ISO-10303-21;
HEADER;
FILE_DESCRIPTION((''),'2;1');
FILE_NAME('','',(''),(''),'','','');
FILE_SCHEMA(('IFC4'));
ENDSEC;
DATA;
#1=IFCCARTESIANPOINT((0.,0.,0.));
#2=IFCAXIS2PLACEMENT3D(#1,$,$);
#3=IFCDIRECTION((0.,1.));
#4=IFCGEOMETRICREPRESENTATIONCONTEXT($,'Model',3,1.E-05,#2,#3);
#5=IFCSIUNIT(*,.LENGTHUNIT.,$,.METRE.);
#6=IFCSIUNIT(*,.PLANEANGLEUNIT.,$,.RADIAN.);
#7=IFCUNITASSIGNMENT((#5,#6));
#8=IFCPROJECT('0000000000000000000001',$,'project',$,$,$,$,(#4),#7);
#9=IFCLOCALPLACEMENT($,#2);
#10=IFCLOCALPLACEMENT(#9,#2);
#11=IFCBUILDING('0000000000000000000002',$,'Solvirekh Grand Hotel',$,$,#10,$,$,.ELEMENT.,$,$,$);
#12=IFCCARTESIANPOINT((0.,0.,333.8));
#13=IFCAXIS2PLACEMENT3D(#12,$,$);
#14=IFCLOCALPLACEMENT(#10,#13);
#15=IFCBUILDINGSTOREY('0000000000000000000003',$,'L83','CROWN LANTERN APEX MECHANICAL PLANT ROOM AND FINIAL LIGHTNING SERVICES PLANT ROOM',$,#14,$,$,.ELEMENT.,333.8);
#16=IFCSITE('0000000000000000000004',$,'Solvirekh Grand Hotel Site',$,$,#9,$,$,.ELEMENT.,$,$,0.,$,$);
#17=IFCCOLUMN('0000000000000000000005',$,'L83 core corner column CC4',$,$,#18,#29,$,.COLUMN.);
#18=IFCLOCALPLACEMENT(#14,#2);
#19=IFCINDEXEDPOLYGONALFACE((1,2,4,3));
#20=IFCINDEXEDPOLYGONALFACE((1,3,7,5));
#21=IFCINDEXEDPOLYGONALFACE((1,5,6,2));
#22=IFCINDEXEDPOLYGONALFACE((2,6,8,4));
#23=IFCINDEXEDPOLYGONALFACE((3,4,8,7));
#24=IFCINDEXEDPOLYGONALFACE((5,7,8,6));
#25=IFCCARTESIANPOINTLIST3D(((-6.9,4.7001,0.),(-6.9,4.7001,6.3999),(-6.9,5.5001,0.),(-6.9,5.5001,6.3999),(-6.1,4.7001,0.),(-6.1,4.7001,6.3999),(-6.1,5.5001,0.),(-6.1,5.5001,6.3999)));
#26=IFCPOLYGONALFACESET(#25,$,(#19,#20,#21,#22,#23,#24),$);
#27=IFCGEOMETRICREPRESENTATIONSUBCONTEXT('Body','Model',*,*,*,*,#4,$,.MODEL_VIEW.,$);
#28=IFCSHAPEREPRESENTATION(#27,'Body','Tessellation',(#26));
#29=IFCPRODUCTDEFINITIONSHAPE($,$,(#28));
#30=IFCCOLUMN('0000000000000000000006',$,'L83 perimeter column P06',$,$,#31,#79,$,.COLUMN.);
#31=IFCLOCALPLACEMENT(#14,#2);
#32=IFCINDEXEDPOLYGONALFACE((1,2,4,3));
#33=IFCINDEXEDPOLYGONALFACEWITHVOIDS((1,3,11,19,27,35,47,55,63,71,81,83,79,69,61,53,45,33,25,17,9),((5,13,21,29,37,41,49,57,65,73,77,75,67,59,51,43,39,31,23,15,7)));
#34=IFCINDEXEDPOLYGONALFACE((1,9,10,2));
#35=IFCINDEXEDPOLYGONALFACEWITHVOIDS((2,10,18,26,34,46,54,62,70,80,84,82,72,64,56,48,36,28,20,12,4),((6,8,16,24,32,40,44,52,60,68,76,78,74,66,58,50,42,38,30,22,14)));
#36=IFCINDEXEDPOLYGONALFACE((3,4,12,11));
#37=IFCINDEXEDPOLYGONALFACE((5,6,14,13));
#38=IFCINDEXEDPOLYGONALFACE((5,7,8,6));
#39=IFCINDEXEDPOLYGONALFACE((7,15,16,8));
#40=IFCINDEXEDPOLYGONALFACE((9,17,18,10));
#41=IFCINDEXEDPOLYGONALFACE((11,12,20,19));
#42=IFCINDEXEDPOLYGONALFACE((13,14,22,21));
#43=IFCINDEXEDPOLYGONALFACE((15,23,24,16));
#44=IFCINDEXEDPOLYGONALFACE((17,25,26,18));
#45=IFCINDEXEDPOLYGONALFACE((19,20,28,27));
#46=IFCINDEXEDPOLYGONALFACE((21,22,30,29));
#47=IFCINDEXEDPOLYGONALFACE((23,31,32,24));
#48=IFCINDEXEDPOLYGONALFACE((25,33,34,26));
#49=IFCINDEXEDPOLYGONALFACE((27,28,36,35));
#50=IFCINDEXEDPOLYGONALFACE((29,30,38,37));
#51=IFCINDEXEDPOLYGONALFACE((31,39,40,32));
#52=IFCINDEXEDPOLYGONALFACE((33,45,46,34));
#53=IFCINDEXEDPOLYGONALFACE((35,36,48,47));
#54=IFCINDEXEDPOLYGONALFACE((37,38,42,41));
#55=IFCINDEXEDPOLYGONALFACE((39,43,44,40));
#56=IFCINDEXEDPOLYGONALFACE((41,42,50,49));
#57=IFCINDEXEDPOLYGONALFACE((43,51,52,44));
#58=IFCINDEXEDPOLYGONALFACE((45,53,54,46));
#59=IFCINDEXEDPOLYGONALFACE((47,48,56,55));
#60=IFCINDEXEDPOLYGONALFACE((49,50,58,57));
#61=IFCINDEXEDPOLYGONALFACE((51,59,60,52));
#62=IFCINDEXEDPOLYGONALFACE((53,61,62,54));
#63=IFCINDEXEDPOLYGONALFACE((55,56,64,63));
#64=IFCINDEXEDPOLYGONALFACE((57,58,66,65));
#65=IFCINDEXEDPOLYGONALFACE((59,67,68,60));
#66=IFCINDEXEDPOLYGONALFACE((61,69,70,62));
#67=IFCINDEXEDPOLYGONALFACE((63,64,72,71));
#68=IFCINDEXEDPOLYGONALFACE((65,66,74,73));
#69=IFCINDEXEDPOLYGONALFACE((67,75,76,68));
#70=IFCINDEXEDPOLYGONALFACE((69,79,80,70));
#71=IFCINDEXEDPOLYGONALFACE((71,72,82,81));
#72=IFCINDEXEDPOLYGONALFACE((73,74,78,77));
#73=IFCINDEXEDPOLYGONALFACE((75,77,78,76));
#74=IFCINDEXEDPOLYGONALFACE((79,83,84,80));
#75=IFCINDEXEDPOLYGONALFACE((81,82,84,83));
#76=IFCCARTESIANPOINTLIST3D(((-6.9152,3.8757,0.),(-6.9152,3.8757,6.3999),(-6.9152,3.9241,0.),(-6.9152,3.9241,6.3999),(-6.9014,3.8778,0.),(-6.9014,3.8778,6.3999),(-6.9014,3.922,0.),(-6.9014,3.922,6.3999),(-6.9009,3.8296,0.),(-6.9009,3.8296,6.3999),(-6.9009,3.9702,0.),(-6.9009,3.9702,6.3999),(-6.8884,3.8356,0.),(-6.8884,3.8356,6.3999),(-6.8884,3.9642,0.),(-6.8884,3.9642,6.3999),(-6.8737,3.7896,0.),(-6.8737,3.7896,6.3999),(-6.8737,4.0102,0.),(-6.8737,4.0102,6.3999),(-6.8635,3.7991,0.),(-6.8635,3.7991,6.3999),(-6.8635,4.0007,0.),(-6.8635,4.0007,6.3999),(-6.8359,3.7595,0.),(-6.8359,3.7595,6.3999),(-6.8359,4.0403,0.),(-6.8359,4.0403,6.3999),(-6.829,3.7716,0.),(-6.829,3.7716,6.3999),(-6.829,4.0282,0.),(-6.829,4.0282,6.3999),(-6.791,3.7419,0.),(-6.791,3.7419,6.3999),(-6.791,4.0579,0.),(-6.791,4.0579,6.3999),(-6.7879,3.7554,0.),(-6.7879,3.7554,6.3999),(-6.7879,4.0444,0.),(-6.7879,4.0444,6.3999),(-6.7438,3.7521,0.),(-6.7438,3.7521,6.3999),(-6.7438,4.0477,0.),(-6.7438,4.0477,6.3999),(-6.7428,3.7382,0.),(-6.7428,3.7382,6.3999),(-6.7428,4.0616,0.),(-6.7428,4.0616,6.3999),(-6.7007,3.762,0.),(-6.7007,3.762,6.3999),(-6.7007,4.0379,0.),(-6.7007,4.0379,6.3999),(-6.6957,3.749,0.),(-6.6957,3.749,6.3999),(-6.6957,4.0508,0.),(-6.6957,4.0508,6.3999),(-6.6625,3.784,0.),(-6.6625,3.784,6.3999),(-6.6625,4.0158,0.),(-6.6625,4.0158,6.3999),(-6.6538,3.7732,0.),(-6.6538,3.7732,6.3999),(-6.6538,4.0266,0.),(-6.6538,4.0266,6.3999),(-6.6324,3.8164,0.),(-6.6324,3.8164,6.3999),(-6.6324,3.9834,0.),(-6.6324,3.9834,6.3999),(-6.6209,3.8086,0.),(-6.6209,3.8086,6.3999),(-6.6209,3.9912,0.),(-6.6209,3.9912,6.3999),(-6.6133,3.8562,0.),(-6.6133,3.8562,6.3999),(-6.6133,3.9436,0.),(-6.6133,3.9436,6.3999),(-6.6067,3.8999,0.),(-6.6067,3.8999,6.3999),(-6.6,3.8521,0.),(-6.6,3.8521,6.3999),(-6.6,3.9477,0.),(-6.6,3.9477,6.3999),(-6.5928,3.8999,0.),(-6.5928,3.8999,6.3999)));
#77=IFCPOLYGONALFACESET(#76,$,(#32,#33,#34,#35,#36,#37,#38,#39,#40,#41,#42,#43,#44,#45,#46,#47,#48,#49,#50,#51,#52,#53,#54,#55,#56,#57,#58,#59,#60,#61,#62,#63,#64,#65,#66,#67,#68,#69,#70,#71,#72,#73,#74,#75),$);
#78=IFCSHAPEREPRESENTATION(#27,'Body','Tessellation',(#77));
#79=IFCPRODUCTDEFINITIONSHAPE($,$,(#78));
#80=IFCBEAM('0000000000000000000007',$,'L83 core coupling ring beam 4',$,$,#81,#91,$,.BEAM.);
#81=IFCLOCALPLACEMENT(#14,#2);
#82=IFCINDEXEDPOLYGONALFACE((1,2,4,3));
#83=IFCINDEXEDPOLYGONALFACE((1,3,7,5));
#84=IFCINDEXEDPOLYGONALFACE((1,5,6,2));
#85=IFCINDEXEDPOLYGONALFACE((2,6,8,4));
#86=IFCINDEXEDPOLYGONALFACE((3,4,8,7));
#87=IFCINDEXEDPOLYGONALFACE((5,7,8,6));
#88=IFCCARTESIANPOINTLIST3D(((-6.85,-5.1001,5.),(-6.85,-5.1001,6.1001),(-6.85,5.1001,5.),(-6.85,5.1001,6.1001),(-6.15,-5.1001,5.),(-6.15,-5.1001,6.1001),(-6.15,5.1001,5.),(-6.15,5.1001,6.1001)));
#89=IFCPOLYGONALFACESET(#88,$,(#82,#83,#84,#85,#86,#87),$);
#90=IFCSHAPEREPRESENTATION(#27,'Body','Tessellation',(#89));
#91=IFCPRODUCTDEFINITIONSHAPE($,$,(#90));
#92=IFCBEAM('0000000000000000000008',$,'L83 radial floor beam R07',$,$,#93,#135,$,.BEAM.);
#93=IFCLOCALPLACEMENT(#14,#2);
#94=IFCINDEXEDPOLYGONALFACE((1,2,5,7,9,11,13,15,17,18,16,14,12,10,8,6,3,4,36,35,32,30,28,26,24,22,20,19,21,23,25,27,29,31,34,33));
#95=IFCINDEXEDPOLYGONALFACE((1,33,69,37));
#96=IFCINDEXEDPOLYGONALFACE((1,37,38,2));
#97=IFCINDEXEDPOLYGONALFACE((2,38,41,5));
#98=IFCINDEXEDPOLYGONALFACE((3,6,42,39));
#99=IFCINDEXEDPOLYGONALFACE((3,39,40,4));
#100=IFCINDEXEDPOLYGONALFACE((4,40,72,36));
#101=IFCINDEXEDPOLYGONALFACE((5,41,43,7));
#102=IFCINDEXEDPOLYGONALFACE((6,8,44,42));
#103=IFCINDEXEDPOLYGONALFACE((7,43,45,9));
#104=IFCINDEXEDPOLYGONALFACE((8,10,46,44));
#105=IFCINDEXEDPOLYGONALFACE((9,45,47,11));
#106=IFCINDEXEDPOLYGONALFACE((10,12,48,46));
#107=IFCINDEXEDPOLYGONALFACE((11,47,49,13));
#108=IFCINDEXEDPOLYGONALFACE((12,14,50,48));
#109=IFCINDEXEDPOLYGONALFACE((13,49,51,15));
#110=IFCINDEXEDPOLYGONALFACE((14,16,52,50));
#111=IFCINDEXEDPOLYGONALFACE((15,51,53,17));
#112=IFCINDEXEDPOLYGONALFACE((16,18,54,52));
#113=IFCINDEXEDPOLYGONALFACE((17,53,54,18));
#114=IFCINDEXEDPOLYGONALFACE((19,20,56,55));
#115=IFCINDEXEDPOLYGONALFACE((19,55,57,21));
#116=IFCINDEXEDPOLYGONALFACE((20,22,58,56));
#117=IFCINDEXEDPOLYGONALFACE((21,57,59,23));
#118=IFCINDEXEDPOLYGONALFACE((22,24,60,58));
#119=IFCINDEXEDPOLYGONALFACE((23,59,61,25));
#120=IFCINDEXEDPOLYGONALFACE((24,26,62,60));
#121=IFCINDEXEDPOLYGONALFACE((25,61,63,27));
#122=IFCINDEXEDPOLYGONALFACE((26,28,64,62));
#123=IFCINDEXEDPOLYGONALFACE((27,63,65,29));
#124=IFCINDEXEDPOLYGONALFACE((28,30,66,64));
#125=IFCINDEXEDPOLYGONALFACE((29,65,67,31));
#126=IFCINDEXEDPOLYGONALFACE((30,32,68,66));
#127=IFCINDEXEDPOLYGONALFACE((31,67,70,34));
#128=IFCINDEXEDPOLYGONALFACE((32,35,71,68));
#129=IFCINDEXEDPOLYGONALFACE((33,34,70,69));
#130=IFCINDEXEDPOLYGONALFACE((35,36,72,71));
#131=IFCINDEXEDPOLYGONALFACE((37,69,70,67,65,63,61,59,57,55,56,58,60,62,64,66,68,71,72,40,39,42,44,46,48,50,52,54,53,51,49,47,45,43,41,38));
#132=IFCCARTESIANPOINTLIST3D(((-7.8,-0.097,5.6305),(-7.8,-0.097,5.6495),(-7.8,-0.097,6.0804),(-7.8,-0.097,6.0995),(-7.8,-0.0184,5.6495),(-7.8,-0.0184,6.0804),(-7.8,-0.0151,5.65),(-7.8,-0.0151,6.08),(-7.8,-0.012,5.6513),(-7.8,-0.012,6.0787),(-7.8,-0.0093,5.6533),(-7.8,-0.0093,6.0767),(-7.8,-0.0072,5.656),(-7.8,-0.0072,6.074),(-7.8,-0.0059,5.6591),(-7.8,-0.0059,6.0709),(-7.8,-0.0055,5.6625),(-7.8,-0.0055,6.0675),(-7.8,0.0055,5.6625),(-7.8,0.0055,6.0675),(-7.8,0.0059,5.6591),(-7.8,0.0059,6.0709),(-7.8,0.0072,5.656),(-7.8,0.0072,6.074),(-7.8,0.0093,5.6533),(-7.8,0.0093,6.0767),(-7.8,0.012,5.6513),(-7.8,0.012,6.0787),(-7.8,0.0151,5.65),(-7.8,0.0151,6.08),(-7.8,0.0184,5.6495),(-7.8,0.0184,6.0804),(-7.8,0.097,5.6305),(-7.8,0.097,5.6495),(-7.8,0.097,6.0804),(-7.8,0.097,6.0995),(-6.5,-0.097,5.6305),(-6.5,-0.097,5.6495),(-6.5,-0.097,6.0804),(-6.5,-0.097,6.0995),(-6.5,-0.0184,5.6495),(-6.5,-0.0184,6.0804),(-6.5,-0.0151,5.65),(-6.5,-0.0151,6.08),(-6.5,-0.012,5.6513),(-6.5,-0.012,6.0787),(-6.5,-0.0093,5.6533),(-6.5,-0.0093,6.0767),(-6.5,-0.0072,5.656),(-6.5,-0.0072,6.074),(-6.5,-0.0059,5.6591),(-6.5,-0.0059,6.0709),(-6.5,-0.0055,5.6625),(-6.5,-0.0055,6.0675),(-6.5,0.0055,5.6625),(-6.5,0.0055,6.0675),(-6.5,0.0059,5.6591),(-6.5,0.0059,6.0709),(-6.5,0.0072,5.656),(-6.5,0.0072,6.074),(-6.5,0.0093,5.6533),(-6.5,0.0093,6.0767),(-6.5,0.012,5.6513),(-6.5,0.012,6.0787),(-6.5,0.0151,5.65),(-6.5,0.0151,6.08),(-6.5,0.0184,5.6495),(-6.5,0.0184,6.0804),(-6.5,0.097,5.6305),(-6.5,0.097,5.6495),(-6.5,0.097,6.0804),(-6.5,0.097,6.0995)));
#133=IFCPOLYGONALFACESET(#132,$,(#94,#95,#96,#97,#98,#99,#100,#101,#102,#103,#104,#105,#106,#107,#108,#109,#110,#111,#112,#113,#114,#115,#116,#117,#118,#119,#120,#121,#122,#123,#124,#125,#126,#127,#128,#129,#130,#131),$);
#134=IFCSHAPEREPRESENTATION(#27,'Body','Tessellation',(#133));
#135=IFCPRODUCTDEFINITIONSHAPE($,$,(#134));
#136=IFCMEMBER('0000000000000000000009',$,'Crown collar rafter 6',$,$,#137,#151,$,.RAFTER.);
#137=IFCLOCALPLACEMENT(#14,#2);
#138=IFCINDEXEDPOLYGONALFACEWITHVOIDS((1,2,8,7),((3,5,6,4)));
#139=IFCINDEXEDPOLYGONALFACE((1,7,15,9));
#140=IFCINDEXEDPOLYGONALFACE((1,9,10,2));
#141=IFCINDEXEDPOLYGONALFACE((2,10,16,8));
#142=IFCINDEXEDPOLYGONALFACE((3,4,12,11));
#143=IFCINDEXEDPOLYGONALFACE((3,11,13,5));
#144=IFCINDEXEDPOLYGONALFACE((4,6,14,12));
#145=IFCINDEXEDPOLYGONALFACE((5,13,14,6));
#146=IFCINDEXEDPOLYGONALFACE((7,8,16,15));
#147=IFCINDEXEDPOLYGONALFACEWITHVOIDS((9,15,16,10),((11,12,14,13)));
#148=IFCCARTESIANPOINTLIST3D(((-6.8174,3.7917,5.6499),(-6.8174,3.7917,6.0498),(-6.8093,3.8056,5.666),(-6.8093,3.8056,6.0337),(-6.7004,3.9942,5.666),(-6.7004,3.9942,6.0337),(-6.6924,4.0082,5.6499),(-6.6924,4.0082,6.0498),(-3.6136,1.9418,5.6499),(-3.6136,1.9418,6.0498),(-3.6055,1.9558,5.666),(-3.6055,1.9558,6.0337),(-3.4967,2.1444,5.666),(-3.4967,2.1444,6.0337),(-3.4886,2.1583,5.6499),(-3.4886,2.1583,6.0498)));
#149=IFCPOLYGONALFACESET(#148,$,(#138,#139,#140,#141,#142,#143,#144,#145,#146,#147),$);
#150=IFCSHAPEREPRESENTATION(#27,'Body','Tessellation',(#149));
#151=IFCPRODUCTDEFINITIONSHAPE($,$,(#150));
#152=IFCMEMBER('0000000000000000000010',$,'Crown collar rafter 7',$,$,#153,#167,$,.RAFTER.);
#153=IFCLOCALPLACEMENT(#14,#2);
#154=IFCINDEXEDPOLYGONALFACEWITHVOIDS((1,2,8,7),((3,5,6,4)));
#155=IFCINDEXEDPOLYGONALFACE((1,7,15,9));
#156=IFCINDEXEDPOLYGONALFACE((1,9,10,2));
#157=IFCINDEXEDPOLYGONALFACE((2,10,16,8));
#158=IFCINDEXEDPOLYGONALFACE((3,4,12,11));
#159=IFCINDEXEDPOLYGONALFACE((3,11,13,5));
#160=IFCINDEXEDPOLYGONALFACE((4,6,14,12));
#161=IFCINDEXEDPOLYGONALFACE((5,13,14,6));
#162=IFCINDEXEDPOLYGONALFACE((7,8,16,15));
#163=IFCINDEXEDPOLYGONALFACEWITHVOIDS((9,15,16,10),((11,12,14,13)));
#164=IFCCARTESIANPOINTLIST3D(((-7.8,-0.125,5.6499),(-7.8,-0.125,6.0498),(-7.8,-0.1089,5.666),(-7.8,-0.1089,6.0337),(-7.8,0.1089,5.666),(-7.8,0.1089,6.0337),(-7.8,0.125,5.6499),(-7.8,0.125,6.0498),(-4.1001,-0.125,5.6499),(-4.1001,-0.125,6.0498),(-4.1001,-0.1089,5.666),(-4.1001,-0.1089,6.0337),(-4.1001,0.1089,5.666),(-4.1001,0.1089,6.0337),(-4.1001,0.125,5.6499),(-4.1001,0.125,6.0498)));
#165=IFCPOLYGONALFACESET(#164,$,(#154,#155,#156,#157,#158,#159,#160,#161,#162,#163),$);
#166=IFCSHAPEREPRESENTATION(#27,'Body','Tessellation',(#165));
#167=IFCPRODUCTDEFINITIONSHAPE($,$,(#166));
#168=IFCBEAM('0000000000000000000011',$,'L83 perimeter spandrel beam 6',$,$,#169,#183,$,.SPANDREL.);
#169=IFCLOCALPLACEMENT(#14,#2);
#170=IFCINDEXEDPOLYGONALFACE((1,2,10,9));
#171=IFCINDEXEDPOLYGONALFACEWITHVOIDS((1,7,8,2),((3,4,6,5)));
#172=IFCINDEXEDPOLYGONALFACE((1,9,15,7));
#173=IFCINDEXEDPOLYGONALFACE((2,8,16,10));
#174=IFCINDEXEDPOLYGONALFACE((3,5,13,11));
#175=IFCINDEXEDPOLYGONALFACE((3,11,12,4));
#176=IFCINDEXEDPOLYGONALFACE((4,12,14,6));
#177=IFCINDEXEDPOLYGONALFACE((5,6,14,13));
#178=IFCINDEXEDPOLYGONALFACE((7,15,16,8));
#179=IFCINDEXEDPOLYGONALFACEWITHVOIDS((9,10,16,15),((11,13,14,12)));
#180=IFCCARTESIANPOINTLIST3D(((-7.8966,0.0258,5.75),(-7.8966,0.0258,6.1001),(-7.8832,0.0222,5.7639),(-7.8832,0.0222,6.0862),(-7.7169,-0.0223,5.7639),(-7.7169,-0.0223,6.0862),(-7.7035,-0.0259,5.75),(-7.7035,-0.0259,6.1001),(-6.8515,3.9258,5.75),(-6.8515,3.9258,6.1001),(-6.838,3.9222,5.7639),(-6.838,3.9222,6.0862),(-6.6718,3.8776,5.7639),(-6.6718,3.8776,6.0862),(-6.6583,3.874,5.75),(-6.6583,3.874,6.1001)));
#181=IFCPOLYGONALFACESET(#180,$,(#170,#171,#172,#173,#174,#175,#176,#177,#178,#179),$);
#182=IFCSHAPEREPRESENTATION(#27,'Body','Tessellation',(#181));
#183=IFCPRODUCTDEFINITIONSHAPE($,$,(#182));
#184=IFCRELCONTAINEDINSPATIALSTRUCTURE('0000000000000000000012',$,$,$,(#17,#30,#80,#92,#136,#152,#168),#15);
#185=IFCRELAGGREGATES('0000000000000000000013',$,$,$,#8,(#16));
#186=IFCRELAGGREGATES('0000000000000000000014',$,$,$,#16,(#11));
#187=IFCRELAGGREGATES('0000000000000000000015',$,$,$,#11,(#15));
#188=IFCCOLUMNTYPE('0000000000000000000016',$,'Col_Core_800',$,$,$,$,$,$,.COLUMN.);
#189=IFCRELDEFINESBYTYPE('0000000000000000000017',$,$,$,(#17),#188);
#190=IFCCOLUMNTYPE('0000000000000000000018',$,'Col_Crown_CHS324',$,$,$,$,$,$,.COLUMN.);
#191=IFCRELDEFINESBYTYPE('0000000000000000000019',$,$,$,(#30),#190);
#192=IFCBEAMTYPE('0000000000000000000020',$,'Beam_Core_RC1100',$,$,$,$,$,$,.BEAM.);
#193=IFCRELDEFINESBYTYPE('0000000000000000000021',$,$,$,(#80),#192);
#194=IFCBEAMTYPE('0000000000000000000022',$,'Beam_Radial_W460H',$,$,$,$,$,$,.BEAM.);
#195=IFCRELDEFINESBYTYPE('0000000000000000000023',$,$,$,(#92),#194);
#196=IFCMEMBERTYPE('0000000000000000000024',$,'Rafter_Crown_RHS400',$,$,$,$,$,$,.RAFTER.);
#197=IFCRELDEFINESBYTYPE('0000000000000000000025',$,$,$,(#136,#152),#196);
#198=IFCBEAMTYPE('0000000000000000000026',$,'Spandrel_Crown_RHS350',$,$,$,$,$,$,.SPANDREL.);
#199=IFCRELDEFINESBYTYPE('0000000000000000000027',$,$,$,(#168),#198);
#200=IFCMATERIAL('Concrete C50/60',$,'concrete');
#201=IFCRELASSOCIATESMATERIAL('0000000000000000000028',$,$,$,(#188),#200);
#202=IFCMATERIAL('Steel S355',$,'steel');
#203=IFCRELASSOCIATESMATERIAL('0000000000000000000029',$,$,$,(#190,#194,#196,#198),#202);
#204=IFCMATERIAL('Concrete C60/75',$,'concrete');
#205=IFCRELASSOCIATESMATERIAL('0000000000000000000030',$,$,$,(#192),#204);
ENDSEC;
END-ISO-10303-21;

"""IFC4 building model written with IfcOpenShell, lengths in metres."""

from ifc_helpers import new_model, si_unit, direction, frame, origin, origin_2d, place, context, subcontext, project, spatial, rectangle, hollow_rectangle, hollow_circle, i_section, extrude, material, material_profile, profile_set, type_object, element, save


model = new_model("IFC4")

# Units and contexts
model_context = context("Model", 3, precision=1e-05, world=origin(), true_north=direction((0.0, 1.0)))
body_context = subcontext(model_context, "Body", "Model", "MODEL_VIEW")
ifc_project = project(units=[si_unit("LENGTHUNIT", "METRE"), si_unit("PLANEANGLEUNIT", "RADIAN")], contexts=[model_context])

# Site, building, storey
site_placement = place(None, origin())
site = spatial("IfcSite", under=ifc_project, at=site_placement, Name="Solvirekh Grand Hotel Site", CompositionType="ELEMENT", RefElevation=0.0)
building_placement = place(site_placement, origin())
building = spatial("IfcBuilding", under=site, at=building_placement, Name="Solvirekh Grand Hotel", CompositionType="ELEMENT")
storey_placement = place(building_placement, frame((0.0, 0.0, 333.8)))
storey = spatial("IfcBuildingStorey", under=building, at=storey_placement, Name="L83", Description="CROWN LANTERN APEX MECHANICAL PLANT ROOM AND FINIAL LIGHTNING SERVICES PLANT ROOM", CompositionType="ELEMENT", Elevation=333.8)

# Columns
ifc_material_1 = material(Name="Concrete C50/60", Category="concrete")
ifc_material_profile_1 = material_profile(ifc_material_1, rectangle(XDim=0.8, YDim=0.8, at=origin_2d()), Name="RC 800X800")
ifc_profile_set_1 = profile_set([ifc_material_profile_1], Name="Concrete C50/60")
column_type_1 = type_object("IfcColumnType", Name="Col_Core_800", PredefinedType="COLUMN", material=ifc_profile_set_1)
column_1_placement = place(storey_placement, frame((-6.5, 5.1001, 0.0), z_axis=(0.0, 0.0, 1.0), x_axis=(1.0, 0.0, 0.0)))
element("IfcColumn", 1, at=column_1_placement, inside=storey, type_object=column_type_1, Name="L83 core corner column CC4", PredefinedType="COLUMN", context=body_context, shape_type="SweptSolid", body=[
    extrude(rectangle(XDim=0.8, YDim=0.8, at=origin_2d()), origin(), (0.0, 0.0, 1.0), 6.3999),
])
ifc_material_2 = material(Name="Steel S355", Category="steel")
ifc_material_profile_2 = material_profile(ifc_material_2, hollow_circle(Radius=0.1621, WallThickness=0.0139, at=origin_2d()), Name="CHS 324X14")
ifc_profile_set_2 = profile_set([ifc_material_profile_2], Name="Steel S355")
column_type_2 = type_object("IfcColumnType", Name="Col_Crown_CHS324", PredefinedType="COLUMN", material=ifc_profile_set_2)
column_2_placement = place(storey_placement, frame((-6.7549, 3.8999, 0.0), z_axis=(0.0, 0.0, 1.0), x_axis=(1.0, 0.0, 0.0)))
element("IfcColumn", 2, at=column_2_placement, inside=storey, type_object=column_type_2, Name="L83 perimeter column P06", PredefinedType="COLUMN", context=body_context, shape_type="SweptSolid", body=[
    extrude(hollow_circle(Radius=0.1621, WallThickness=0.0139, at=origin_2d()), origin(), (0.0, 0.0, 1.0), 6.3999),
])

# Beams
ifc_material_3 = material(Name="Concrete C60/75", Category="concrete")
ifc_material_profile_3 = material_profile(ifc_material_3, rectangle(XDim=0.7, YDim=1.1001, at=origin_2d()), Name="RC BEAM 700X1100")
ifc_profile_set_3 = profile_set([ifc_material_profile_3], Name="Concrete C60/75")
beam_type_1 = type_object("IfcBeamType", Name="Beam_Core_RC1100", PredefinedType="BEAM", material=ifc_profile_set_3)
beam_1_placement = place(storey_placement, frame((-6.5, 5.1001, 5.55), z_axis=(0.0, -1.0, 0.0), x_axis=(1.0, 0.0, 0.0)))
element("IfcBeam", 3, at=beam_1_placement, inside=storey, type_object=beam_type_1, Name="L83 core coupling ring beam 4", PredefinedType="BEAM", context=body_context, shape_type="SweptSolid", body=[
    extrude(rectangle(XDim=0.7, YDim=1.1001, at=origin_2d()), origin(), (0.0, 0.0, 1.0), 10.2002),
])
ifc_material_profile_4 = material_profile(ifc_material_2, i_section(OverallWidth=0.1941, OverallDepth=0.469, WebThickness=0.011, FlangeThickness=0.019, FilletRadius=0.0129, at=origin_2d()), Name="W460X106")
ifc_profile_set_4 = profile_set([ifc_material_profile_4], Name="Steel S355")
beam_type_2 = type_object("IfcBeamType", Name="Beam_Radial_W460H", PredefinedType="BEAM", material=ifc_profile_set_4)
beam_2_placement = place(storey_placement, frame((-6.5, 0.0, 5.865), z_axis=(-1.0, 0.0, 0.0), x_axis=(0.0, -1.0, 0.0)))
element("IfcBeam", 4, at=beam_2_placement, inside=storey, type_object=beam_type_2, Name="L83 radial floor beam R07", PredefinedType="BEAM", context=body_context, shape_type="SweptSolid", body=[
    extrude(i_section(OverallWidth=0.1941, OverallDepth=0.469, WebThickness=0.011, FlangeThickness=0.019, FilletRadius=0.0129, at=origin_2d()), origin(), (0.0, 0.0, 1.0), 1.3),
])

# Members
ifc_material_profile_5 = material_profile(ifc_material_2, hollow_rectangle(XDim=0.25, YDim=0.3999, WallThickness=0.0161, at=origin_2d()), Name="RHS 400X250X16")
ifc_profile_set_5 = profile_set([ifc_material_profile_5], Name="Steel S355")
member_type_1 = type_object("IfcMemberType", Name="Rafter_Crown_RHS400", PredefinedType="RAFTER", material=ifc_profile_set_5)
member_1_placement = place(storey_placement, frame((-6.7549, 3.8999, 5.8499), z_axis=(0.866013, -0.500021, 0.0), x_axis=(0.500021, 0.866013, 0.0)))
element("IfcMember", 5, at=member_1_placement, inside=storey, type_object=member_type_1, Name="Crown collar rafter 6", PredefinedType="RAFTER", context=body_context, shape_type="SweptSolid", body=[
    extrude(hollow_rectangle(XDim=0.25, YDim=0.3999, WallThickness=0.0161, at=origin_2d()), origin(), (0.0, 0.0, 1.0), 3.6995),
])
member_2_placement = place(storey_placement, frame((-7.8, 0.0, 5.8499), z_axis=(1.0, 0.0, 0.0), x_axis=(0.0, 1.0, 0.0)))
element("IfcMember", 6, at=member_2_placement, inside=storey, type_object=member_type_1, Name="Crown collar rafter 7", PredefinedType="RAFTER", context=body_context, shape_type="SweptSolid", body=[
    extrude(hollow_rectangle(XDim=0.25, YDim=0.3999, WallThickness=0.0161, at=origin_2d()), origin(), (0.0, 0.0, 1.0), 3.7),
])

# Beam
ifc_material_profile_6 = material_profile(ifc_material_2, hollow_rectangle(XDim=0.2, YDim=0.3501, WallThickness=0.0139, at=origin_2d()), Name="RHS 350X200X14")
ifc_profile_set_6 = profile_set([ifc_material_profile_6], Name="Steel S355")
beam_type_3 = type_object("IfcBeamType", Name="Spandrel_Crown_RHS350", PredefinedType="SPANDREL", material=ifc_profile_set_6)
for number, where, z_axis, x_axis, name in (
    (7, (-6.7549, 3.8999, 5.925), (-0.258863, -0.965914, 0.0), (0.965914, -0.258863, 0.0), "L83 perimeter spandrel beam 6"),
):
    element("IfcBeam", number, at=place(storey_placement, frame(where, z_axis=z_axis, x_axis=x_axis)), inside=storey, type_object=beam_type_3, Name=name, PredefinedType="SPANDREL", context=body_context, shape_type="SweptSolid", body=[
        extrude(hollow_rectangle(XDim=0.2, YDim=0.3501, WallThickness=0.0139, at=origin_2d()), origin(), (0.0, 0.0, 1.0), 4.0376),
    ])

save(model, "model.ifc")
